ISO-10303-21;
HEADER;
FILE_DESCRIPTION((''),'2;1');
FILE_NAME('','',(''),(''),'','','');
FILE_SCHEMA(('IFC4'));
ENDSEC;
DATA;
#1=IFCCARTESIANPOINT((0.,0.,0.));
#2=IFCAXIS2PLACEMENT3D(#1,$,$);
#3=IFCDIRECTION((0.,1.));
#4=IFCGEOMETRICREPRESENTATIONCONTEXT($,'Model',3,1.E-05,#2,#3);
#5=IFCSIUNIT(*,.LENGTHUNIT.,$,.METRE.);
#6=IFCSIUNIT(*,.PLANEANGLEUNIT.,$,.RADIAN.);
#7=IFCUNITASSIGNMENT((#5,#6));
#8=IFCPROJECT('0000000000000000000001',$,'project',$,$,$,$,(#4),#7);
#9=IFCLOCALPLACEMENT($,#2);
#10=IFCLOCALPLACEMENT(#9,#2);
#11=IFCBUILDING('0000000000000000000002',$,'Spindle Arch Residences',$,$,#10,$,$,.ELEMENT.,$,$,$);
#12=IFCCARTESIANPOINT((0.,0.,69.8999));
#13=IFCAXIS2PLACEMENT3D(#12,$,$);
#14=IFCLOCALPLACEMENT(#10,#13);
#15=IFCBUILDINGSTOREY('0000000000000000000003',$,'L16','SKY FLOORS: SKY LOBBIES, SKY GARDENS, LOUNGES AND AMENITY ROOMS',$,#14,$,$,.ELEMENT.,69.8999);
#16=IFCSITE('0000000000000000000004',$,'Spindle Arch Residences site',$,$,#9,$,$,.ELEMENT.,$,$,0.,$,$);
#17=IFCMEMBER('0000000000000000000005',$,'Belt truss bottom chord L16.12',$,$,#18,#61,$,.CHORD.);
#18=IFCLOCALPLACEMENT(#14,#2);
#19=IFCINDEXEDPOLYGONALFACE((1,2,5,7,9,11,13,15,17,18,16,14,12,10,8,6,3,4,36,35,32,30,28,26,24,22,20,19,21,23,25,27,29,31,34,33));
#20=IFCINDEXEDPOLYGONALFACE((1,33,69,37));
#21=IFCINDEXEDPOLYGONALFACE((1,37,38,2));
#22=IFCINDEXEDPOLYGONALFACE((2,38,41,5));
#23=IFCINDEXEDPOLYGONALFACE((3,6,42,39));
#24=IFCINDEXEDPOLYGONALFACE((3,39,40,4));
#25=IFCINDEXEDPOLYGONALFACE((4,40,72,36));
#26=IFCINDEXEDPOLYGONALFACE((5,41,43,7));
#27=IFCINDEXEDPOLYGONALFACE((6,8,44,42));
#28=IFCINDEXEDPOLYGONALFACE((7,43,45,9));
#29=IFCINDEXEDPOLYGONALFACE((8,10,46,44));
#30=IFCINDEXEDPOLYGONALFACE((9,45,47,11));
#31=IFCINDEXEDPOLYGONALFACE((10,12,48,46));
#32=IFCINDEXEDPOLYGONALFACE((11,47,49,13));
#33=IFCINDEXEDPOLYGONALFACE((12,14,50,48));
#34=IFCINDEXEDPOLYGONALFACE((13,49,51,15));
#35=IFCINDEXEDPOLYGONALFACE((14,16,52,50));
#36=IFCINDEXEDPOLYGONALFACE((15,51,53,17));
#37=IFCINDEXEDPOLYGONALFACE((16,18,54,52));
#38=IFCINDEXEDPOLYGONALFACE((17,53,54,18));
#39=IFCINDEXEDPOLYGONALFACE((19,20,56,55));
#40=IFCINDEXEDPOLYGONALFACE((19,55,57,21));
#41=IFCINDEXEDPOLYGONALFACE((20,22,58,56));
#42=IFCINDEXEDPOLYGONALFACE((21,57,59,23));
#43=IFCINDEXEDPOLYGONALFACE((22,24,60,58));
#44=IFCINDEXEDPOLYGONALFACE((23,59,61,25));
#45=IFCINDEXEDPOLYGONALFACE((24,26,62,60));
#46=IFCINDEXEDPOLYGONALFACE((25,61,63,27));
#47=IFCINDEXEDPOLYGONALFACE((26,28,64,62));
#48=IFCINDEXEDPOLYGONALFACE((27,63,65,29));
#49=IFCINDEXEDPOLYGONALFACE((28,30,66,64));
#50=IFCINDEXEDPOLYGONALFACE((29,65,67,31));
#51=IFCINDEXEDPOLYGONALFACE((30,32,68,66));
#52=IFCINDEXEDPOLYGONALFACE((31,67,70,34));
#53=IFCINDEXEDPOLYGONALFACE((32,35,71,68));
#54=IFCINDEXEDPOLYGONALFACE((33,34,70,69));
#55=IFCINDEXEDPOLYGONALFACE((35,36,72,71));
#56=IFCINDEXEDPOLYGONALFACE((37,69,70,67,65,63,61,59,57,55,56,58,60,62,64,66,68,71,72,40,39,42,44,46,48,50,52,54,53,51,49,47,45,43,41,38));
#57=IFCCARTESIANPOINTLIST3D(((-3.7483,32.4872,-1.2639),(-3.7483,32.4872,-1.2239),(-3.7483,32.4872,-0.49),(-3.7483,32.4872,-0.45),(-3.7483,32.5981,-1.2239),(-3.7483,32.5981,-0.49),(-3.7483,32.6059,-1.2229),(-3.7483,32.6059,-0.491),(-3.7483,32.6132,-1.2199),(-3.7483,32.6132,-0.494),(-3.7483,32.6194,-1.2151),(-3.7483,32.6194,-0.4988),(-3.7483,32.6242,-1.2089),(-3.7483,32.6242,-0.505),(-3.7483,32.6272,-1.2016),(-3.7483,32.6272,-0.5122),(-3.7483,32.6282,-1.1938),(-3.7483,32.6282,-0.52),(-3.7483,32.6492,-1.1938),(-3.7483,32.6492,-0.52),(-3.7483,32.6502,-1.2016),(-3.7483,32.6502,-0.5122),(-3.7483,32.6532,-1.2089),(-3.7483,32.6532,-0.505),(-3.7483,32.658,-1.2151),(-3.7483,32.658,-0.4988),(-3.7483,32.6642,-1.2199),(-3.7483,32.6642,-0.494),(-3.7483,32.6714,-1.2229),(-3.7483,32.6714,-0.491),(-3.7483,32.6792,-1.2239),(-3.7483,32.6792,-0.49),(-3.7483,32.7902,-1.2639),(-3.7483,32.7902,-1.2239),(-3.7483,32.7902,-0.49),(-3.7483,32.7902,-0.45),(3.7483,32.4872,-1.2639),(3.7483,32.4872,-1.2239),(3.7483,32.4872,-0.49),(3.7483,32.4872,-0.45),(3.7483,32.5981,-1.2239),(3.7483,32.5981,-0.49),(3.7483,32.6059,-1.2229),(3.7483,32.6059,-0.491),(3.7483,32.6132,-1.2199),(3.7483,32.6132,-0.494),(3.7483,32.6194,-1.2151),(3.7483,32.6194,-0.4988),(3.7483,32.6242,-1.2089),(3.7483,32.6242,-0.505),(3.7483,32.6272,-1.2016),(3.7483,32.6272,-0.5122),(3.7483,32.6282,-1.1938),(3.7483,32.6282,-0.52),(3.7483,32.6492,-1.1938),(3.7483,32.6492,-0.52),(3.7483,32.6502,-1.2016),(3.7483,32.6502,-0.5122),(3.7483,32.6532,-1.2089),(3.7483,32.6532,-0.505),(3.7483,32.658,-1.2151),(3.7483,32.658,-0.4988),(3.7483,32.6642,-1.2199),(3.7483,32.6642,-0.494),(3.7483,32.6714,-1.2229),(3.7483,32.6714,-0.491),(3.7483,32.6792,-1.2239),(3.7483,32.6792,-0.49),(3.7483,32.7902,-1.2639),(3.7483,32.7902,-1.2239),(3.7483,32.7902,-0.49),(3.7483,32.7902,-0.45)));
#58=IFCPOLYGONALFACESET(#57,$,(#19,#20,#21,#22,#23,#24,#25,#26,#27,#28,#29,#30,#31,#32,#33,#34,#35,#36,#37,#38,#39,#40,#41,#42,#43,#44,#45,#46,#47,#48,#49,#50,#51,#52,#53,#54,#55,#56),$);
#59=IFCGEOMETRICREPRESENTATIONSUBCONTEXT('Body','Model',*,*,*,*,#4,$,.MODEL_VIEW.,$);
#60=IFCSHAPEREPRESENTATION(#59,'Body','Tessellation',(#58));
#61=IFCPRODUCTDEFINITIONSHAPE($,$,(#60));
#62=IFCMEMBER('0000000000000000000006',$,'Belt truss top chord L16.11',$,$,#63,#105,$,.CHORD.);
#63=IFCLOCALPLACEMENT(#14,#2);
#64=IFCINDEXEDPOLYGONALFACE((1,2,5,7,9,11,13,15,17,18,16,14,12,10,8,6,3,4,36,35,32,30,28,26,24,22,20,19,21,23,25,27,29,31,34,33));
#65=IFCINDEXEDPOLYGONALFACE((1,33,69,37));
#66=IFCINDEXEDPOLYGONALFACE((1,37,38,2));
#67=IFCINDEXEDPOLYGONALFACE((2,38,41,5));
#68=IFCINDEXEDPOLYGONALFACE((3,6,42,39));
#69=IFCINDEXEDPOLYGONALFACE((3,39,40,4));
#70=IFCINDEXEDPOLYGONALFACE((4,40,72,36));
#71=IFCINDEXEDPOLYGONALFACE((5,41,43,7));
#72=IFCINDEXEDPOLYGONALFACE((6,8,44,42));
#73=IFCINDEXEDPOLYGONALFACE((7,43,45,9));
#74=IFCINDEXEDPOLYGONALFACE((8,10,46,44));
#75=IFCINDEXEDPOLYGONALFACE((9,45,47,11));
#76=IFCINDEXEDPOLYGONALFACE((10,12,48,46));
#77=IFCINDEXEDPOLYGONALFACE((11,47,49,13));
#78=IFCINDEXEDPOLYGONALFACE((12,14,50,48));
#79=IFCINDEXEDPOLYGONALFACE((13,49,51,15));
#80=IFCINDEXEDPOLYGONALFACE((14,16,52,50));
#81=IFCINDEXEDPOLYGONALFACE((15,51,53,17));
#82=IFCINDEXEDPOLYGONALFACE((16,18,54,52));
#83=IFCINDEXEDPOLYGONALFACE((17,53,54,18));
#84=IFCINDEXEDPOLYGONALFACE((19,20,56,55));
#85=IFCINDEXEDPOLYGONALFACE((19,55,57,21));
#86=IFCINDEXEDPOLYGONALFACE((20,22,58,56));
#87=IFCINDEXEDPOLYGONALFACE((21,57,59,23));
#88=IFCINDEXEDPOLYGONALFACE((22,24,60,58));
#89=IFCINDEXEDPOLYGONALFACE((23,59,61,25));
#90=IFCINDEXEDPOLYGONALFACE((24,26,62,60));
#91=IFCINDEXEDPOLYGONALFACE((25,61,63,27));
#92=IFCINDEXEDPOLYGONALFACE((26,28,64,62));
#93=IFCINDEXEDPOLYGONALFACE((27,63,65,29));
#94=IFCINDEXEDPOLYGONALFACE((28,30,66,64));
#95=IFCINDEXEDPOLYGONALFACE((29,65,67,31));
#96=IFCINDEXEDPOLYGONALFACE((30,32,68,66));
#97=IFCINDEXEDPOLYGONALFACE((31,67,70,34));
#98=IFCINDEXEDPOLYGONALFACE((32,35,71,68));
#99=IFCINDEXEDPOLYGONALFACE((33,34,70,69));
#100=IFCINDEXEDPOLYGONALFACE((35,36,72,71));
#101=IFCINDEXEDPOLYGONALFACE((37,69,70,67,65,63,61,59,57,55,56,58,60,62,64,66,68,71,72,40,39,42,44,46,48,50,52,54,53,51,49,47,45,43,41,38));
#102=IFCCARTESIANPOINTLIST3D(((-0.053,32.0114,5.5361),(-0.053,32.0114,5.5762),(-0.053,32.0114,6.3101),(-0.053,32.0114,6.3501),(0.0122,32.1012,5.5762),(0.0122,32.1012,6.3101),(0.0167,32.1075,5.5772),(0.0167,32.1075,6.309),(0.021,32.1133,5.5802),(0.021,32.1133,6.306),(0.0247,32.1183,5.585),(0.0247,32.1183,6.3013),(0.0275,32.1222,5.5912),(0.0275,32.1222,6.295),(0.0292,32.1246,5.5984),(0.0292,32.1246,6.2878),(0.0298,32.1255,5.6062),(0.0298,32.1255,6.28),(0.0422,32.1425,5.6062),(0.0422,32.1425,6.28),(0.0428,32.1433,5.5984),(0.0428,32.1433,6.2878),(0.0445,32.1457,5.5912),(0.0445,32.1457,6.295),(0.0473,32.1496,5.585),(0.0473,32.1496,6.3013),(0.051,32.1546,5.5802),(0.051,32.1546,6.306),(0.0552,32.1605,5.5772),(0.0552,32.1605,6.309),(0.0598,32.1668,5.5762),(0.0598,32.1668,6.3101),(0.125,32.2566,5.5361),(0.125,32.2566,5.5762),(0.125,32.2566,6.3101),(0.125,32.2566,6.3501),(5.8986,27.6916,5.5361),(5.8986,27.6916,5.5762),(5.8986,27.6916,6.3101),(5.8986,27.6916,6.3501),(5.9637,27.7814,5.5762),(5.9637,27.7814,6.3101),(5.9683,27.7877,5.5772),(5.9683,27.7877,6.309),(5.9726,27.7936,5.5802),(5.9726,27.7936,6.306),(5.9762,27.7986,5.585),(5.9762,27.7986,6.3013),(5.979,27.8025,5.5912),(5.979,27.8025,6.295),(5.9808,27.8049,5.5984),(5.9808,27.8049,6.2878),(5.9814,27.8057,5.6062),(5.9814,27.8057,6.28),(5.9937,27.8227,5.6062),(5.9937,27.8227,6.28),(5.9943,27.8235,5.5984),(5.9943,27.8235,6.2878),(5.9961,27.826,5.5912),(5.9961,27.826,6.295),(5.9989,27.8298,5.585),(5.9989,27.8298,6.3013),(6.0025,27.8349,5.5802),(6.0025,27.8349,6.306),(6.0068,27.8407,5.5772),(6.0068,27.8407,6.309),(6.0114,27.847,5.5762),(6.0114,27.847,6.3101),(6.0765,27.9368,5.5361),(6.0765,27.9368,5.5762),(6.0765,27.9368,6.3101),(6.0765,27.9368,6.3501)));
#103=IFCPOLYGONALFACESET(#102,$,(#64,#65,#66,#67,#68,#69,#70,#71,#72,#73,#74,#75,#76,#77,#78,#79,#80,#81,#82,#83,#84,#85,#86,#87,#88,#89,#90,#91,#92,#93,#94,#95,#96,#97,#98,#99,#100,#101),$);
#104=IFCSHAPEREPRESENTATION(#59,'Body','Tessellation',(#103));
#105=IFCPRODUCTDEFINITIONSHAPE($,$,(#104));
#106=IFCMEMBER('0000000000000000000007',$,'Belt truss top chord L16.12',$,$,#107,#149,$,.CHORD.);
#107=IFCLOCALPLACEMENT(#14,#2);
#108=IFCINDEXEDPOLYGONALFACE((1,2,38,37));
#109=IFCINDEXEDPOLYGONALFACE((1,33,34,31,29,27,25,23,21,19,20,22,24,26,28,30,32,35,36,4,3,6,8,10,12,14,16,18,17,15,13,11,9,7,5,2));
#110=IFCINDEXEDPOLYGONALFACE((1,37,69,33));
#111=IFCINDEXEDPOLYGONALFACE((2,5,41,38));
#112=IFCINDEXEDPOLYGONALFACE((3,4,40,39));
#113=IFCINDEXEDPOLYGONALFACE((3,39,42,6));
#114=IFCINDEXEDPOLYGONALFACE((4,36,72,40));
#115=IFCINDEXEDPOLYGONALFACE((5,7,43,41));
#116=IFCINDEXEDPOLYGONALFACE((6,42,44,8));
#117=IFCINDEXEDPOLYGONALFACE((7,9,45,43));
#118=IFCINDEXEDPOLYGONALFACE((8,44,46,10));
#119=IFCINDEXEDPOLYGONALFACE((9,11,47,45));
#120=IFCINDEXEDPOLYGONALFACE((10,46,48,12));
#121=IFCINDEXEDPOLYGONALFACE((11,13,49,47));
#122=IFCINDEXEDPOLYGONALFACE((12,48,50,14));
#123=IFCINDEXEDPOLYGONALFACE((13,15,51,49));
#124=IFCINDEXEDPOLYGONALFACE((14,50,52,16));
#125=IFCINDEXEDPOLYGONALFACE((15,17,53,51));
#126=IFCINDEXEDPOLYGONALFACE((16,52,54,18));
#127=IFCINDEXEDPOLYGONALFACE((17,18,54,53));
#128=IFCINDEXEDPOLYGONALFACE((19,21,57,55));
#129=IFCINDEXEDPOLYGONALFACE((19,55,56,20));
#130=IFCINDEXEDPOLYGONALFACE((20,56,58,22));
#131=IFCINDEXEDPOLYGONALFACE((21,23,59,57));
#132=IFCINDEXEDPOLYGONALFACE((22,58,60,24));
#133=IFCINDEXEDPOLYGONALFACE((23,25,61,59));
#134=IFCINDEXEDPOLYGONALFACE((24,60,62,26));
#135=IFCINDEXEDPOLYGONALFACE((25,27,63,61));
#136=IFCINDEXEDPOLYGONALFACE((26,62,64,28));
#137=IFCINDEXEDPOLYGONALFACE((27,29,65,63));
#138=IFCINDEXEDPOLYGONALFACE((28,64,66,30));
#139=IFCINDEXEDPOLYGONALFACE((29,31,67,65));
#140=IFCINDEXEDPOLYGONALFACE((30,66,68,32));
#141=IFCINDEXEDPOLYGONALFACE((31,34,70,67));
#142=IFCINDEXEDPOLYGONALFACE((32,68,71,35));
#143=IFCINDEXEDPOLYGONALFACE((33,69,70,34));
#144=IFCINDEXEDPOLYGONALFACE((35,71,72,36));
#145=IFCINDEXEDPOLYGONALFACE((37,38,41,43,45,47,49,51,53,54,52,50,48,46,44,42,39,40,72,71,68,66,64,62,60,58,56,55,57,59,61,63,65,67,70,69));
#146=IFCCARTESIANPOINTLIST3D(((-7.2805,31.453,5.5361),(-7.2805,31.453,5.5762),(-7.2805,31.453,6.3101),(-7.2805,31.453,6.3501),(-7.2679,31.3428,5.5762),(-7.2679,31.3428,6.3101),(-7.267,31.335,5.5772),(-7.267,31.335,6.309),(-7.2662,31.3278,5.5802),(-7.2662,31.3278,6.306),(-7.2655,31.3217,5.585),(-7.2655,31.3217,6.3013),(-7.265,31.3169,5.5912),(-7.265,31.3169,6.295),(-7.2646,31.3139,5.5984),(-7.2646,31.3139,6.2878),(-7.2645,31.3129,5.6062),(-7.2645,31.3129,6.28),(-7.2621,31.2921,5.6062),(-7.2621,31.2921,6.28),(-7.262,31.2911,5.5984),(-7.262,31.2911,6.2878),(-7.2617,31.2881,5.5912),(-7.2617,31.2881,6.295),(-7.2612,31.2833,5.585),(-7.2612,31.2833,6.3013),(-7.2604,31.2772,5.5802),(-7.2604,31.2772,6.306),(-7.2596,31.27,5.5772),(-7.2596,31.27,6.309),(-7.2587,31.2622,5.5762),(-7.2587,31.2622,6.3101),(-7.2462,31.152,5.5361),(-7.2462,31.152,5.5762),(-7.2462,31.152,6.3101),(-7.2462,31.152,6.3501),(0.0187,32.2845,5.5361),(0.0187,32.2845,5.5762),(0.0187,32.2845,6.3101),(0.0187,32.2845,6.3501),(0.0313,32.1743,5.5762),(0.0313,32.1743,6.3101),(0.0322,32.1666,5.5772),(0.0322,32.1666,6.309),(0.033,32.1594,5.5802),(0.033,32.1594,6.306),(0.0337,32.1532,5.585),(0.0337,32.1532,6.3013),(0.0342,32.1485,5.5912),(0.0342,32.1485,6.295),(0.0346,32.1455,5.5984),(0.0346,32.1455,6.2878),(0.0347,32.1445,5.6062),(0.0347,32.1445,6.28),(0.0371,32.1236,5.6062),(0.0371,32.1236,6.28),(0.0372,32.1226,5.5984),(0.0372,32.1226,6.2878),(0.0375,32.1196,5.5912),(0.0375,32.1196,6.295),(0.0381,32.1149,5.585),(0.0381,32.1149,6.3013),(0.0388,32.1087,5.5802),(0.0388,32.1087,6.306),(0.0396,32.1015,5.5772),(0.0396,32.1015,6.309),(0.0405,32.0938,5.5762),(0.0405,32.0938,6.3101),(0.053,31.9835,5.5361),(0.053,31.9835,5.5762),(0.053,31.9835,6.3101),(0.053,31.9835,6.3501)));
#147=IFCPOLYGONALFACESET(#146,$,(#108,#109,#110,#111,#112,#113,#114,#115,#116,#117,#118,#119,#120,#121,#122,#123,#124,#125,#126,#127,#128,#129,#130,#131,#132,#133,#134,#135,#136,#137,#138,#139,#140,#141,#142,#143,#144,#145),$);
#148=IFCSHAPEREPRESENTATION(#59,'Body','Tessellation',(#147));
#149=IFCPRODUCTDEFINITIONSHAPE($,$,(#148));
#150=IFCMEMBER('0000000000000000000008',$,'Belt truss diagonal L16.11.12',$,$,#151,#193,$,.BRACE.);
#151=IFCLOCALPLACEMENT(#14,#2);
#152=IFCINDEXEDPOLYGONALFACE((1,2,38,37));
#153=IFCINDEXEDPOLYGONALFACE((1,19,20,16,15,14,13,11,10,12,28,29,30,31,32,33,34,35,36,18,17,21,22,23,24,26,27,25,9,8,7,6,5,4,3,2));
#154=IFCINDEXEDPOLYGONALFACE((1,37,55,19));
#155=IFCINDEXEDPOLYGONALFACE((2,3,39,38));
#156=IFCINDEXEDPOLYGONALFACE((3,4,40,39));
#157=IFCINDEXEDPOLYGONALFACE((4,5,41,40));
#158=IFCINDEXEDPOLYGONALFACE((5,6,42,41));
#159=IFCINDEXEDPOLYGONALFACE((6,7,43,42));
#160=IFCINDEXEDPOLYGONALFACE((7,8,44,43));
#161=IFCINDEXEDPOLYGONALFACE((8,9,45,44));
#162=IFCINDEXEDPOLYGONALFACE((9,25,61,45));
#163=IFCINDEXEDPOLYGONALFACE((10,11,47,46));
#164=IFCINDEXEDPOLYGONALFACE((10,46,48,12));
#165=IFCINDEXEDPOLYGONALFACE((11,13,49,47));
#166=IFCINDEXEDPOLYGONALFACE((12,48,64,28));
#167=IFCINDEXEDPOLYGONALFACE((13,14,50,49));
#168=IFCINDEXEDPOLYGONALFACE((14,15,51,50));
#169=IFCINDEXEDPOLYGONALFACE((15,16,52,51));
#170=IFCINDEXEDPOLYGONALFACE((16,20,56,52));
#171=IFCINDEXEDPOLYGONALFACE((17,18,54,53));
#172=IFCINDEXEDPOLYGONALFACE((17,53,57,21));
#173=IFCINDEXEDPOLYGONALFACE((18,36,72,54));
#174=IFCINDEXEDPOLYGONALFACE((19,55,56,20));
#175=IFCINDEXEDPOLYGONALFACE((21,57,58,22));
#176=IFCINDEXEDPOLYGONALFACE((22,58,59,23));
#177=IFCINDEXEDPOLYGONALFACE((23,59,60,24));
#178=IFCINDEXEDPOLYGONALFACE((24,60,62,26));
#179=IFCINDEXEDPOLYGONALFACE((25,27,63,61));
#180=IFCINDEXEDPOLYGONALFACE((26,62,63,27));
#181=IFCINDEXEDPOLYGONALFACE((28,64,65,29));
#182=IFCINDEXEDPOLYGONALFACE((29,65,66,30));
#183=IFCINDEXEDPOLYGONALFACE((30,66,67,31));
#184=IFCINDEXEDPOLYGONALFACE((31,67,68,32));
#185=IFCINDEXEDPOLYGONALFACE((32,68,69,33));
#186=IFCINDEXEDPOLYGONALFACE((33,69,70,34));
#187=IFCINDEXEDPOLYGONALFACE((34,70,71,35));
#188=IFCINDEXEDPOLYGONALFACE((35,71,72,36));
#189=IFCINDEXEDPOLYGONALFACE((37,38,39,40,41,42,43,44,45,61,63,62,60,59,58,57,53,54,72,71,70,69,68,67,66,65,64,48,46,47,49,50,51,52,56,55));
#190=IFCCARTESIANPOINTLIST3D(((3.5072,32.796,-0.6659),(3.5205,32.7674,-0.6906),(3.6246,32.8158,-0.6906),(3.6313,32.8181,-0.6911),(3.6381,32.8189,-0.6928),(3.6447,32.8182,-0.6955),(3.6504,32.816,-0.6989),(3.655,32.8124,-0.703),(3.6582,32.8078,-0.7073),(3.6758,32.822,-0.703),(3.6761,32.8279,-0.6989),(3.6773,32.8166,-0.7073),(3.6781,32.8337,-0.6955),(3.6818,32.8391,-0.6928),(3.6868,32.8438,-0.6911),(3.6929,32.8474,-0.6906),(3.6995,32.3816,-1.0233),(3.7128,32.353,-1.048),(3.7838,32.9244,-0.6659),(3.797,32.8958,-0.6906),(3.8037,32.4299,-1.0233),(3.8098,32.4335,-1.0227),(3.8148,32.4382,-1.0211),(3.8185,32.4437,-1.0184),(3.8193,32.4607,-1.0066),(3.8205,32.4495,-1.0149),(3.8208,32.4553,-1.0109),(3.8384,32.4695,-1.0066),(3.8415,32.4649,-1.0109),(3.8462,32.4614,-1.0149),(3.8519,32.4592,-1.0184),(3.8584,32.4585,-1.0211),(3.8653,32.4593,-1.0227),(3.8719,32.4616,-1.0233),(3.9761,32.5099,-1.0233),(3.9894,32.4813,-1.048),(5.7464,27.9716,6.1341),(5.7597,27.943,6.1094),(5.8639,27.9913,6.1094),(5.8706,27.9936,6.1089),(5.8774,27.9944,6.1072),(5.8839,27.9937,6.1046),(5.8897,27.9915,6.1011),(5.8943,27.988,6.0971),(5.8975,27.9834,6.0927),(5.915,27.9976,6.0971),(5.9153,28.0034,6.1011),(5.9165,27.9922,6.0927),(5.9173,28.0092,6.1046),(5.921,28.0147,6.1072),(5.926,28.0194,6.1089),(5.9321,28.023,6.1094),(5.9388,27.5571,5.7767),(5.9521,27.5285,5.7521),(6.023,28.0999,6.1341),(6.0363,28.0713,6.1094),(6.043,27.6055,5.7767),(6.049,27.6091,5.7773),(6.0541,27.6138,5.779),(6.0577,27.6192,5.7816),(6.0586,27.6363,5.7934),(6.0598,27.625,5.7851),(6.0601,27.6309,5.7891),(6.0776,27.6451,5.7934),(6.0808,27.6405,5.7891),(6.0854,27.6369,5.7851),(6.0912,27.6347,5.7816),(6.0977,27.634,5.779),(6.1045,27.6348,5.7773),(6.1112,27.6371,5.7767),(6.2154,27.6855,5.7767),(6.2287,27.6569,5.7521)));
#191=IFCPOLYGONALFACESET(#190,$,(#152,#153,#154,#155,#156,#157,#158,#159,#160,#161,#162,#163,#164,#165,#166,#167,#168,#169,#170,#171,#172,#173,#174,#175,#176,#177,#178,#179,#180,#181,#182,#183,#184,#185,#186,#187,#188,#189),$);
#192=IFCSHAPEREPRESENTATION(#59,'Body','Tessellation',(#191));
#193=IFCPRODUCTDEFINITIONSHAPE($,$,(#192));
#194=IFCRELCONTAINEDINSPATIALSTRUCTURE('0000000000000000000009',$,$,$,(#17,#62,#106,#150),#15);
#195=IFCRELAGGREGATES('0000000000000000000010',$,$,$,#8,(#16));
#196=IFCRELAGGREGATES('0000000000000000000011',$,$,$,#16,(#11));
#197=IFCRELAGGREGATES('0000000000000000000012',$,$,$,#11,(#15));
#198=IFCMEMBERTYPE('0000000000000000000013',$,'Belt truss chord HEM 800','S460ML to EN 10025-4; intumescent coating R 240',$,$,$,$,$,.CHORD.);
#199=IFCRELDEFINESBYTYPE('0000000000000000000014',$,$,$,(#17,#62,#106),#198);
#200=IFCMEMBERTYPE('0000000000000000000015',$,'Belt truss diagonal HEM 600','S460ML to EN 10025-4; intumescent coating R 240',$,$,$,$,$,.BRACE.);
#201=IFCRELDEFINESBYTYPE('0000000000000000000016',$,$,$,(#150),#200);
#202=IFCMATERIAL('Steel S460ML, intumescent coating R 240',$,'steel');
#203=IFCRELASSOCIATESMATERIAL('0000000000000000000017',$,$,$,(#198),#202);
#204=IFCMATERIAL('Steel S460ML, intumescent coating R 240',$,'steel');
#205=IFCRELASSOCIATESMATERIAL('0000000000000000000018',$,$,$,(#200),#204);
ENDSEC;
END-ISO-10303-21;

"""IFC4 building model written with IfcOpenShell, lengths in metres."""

from ifc_helpers import new_model, si_unit, direction, frame, origin, origin_2d, place, context, subcontext, project, spatial, i_section, extrude, material, material_profile, profile_set, type_object, element, save


model = new_model("IFC4")

# Units and contexts
model_context = context("Model", 3, precision=1e-05, world=origin(), true_north=direction((0.0, 1.0)))
body_context = subcontext(model_context, "Body", "Model", "MODEL_VIEW")
ifc_project = project(units=[si_unit("LENGTHUNIT", "METRE"), si_unit("PLANEANGLEUNIT", "RADIAN")], contexts=[model_context])

# Site, building, storey
site_placement = place(None, origin())
site = spatial("IfcSite", under=ifc_project, at=site_placement, Name="Spindle Arch Residences site", CompositionType="ELEMENT", RefElevation=0.0)
building_placement = place(site_placement, origin())
building = spatial("IfcBuilding", under=site, at=building_placement, Name="Spindle Arch Residences", CompositionType="ELEMENT")
storey_placement = place(building_placement, frame((0.0, 0.0, 69.8999)))
storey = spatial("IfcBuildingStorey", under=building, at=storey_placement, Name="L16", Description="SKY FLOORS: SKY LOBBIES, SKY GARDENS, LOUNGES AND AMENITY ROOMS", CompositionType="ELEMENT", Elevation=69.8999)

# Members
ifc_material_1 = material(Name="Steel S460ML, intumescent coating R 240", Category="steel")
ifc_material_profile_1 = material_profile(ifc_material_1, i_section(OverallWidth=0.303, OverallDepth=0.814, WebThickness=0.021, FlangeThickness=0.04, FilletRadius=0.03, at=origin_2d()), Name="HEM 800")
ifc_profile_set_1 = profile_set([ifc_material_profile_1], Name="Steel S460ML, intumescent coating R 240")
member_type_1 = type_object("IfcMemberType", Name="Belt truss chord HEM 800", Description="S460ML to EN 10025-4; intumescent coating R 240", PredefinedType="CHORD", material=ifc_profile_set_1)
member_1_placement = place(storey_placement, frame((3.7483, 32.6387, -0.8569), z_axis=(-1.0, 0.0, 0.0), x_axis=(0.0, -1.0, 0.0)))
element("IfcMember", 1, at=member_1_placement, inside=storey, type_object=member_type_1, Name="Belt truss bottom chord L16.12", PredefinedType="CHORD", context=body_context, shape_type="SweptSolid", body=[
    extrude(i_section(OverallWidth=0.303, OverallDepth=0.814, WebThickness=0.021, FlangeThickness=0.04, FilletRadius=0.03, at=origin_2d()), origin(), (0.0, 0.0, 1.0), 7.4966),
])
member_2_placement = place(storey_placement, frame((5.9875, 27.8142, 5.9431), z_axis=(-0.809296, 0.587402, 0.0), x_axis=(-0.587402, -0.809296, 0.0)))
element("IfcMember", 2, at=member_2_placement, inside=storey, type_object=member_type_1, Name="Belt truss top chord L16.11", PredefinedType="CHORD", context=body_context, shape_type="SweptSolid", body=[
    extrude(i_section(OverallWidth=0.303, OverallDepth=0.814, WebThickness=0.021, FlangeThickness=0.04, FilletRadius=0.03, at=origin_2d()), origin(), (0.0, 0.0, 1.0), 7.354),
])
member_3_placement = place(storey_placement, frame((0.0359, 32.134, 5.9431), z_axis=(-0.993574, -0.113189, 0.0), x_axis=(0.113189, -0.993574, 0.0)))
element("IfcMember", 3, at=member_3_placement, inside=storey, type_object=member_type_1, Name="Belt truss top chord L16.12", PredefinedType="CHORD", context=body_context, shape_type="SweptSolid", body=[
    extrude(i_section(OverallWidth=0.303, OverallDepth=0.814, WebThickness=0.021, FlangeThickness=0.04, FilletRadius=0.03, at=origin_2d()), origin(), (0.0, 0.0, 1.0), 7.3464),
])
ifc_material_2 = material(Name="Steel S460ML, intumescent coating R 240", Category="steel")
ifc_material_profile_2 = material_profile(ifc_material_2, i_section(OverallWidth=0.3049, OverallDepth=0.6201, WebThickness=0.021, FlangeThickness=0.04, FilletRadius=0.0271, at=origin_2d()), Name="HEM 600")
ifc_profile_set_2 = profile_set([ifc_material_profile_2], Name="Steel S460ML, intumescent coating R 240")
member_type_2 = type_object("IfcMemberType", Name="Belt truss diagonal HEM 600", Description="S460ML to EN 10025-4; intumescent coating R 240", PredefinedType="BRACE", material=ifc_profile_set_2)
member_4_placement = place(storey_placement, frame((3.7483, 32.6387, -0.8569), z_axis=(0.259381, -0.558833, 0.787672), x_axis=(0.907057, 0.421007, 0.0)))
element("IfcMember", 4, at=member_4_placement, inside=storey, type_object=member_type_2, Name="Belt truss diagonal L16.11.12", PredefinedType="BRACE", context=body_context, shape_type="SweptSolid", body=[
    extrude(i_section(OverallWidth=0.3049, OverallDepth=0.6201, WebThickness=0.021, FlangeThickness=0.04, FilletRadius=0.0271, at=origin_2d()), origin(), (0.0, 0.0, 1.0), 8.6331),
])

save(model, "model.ifc")
